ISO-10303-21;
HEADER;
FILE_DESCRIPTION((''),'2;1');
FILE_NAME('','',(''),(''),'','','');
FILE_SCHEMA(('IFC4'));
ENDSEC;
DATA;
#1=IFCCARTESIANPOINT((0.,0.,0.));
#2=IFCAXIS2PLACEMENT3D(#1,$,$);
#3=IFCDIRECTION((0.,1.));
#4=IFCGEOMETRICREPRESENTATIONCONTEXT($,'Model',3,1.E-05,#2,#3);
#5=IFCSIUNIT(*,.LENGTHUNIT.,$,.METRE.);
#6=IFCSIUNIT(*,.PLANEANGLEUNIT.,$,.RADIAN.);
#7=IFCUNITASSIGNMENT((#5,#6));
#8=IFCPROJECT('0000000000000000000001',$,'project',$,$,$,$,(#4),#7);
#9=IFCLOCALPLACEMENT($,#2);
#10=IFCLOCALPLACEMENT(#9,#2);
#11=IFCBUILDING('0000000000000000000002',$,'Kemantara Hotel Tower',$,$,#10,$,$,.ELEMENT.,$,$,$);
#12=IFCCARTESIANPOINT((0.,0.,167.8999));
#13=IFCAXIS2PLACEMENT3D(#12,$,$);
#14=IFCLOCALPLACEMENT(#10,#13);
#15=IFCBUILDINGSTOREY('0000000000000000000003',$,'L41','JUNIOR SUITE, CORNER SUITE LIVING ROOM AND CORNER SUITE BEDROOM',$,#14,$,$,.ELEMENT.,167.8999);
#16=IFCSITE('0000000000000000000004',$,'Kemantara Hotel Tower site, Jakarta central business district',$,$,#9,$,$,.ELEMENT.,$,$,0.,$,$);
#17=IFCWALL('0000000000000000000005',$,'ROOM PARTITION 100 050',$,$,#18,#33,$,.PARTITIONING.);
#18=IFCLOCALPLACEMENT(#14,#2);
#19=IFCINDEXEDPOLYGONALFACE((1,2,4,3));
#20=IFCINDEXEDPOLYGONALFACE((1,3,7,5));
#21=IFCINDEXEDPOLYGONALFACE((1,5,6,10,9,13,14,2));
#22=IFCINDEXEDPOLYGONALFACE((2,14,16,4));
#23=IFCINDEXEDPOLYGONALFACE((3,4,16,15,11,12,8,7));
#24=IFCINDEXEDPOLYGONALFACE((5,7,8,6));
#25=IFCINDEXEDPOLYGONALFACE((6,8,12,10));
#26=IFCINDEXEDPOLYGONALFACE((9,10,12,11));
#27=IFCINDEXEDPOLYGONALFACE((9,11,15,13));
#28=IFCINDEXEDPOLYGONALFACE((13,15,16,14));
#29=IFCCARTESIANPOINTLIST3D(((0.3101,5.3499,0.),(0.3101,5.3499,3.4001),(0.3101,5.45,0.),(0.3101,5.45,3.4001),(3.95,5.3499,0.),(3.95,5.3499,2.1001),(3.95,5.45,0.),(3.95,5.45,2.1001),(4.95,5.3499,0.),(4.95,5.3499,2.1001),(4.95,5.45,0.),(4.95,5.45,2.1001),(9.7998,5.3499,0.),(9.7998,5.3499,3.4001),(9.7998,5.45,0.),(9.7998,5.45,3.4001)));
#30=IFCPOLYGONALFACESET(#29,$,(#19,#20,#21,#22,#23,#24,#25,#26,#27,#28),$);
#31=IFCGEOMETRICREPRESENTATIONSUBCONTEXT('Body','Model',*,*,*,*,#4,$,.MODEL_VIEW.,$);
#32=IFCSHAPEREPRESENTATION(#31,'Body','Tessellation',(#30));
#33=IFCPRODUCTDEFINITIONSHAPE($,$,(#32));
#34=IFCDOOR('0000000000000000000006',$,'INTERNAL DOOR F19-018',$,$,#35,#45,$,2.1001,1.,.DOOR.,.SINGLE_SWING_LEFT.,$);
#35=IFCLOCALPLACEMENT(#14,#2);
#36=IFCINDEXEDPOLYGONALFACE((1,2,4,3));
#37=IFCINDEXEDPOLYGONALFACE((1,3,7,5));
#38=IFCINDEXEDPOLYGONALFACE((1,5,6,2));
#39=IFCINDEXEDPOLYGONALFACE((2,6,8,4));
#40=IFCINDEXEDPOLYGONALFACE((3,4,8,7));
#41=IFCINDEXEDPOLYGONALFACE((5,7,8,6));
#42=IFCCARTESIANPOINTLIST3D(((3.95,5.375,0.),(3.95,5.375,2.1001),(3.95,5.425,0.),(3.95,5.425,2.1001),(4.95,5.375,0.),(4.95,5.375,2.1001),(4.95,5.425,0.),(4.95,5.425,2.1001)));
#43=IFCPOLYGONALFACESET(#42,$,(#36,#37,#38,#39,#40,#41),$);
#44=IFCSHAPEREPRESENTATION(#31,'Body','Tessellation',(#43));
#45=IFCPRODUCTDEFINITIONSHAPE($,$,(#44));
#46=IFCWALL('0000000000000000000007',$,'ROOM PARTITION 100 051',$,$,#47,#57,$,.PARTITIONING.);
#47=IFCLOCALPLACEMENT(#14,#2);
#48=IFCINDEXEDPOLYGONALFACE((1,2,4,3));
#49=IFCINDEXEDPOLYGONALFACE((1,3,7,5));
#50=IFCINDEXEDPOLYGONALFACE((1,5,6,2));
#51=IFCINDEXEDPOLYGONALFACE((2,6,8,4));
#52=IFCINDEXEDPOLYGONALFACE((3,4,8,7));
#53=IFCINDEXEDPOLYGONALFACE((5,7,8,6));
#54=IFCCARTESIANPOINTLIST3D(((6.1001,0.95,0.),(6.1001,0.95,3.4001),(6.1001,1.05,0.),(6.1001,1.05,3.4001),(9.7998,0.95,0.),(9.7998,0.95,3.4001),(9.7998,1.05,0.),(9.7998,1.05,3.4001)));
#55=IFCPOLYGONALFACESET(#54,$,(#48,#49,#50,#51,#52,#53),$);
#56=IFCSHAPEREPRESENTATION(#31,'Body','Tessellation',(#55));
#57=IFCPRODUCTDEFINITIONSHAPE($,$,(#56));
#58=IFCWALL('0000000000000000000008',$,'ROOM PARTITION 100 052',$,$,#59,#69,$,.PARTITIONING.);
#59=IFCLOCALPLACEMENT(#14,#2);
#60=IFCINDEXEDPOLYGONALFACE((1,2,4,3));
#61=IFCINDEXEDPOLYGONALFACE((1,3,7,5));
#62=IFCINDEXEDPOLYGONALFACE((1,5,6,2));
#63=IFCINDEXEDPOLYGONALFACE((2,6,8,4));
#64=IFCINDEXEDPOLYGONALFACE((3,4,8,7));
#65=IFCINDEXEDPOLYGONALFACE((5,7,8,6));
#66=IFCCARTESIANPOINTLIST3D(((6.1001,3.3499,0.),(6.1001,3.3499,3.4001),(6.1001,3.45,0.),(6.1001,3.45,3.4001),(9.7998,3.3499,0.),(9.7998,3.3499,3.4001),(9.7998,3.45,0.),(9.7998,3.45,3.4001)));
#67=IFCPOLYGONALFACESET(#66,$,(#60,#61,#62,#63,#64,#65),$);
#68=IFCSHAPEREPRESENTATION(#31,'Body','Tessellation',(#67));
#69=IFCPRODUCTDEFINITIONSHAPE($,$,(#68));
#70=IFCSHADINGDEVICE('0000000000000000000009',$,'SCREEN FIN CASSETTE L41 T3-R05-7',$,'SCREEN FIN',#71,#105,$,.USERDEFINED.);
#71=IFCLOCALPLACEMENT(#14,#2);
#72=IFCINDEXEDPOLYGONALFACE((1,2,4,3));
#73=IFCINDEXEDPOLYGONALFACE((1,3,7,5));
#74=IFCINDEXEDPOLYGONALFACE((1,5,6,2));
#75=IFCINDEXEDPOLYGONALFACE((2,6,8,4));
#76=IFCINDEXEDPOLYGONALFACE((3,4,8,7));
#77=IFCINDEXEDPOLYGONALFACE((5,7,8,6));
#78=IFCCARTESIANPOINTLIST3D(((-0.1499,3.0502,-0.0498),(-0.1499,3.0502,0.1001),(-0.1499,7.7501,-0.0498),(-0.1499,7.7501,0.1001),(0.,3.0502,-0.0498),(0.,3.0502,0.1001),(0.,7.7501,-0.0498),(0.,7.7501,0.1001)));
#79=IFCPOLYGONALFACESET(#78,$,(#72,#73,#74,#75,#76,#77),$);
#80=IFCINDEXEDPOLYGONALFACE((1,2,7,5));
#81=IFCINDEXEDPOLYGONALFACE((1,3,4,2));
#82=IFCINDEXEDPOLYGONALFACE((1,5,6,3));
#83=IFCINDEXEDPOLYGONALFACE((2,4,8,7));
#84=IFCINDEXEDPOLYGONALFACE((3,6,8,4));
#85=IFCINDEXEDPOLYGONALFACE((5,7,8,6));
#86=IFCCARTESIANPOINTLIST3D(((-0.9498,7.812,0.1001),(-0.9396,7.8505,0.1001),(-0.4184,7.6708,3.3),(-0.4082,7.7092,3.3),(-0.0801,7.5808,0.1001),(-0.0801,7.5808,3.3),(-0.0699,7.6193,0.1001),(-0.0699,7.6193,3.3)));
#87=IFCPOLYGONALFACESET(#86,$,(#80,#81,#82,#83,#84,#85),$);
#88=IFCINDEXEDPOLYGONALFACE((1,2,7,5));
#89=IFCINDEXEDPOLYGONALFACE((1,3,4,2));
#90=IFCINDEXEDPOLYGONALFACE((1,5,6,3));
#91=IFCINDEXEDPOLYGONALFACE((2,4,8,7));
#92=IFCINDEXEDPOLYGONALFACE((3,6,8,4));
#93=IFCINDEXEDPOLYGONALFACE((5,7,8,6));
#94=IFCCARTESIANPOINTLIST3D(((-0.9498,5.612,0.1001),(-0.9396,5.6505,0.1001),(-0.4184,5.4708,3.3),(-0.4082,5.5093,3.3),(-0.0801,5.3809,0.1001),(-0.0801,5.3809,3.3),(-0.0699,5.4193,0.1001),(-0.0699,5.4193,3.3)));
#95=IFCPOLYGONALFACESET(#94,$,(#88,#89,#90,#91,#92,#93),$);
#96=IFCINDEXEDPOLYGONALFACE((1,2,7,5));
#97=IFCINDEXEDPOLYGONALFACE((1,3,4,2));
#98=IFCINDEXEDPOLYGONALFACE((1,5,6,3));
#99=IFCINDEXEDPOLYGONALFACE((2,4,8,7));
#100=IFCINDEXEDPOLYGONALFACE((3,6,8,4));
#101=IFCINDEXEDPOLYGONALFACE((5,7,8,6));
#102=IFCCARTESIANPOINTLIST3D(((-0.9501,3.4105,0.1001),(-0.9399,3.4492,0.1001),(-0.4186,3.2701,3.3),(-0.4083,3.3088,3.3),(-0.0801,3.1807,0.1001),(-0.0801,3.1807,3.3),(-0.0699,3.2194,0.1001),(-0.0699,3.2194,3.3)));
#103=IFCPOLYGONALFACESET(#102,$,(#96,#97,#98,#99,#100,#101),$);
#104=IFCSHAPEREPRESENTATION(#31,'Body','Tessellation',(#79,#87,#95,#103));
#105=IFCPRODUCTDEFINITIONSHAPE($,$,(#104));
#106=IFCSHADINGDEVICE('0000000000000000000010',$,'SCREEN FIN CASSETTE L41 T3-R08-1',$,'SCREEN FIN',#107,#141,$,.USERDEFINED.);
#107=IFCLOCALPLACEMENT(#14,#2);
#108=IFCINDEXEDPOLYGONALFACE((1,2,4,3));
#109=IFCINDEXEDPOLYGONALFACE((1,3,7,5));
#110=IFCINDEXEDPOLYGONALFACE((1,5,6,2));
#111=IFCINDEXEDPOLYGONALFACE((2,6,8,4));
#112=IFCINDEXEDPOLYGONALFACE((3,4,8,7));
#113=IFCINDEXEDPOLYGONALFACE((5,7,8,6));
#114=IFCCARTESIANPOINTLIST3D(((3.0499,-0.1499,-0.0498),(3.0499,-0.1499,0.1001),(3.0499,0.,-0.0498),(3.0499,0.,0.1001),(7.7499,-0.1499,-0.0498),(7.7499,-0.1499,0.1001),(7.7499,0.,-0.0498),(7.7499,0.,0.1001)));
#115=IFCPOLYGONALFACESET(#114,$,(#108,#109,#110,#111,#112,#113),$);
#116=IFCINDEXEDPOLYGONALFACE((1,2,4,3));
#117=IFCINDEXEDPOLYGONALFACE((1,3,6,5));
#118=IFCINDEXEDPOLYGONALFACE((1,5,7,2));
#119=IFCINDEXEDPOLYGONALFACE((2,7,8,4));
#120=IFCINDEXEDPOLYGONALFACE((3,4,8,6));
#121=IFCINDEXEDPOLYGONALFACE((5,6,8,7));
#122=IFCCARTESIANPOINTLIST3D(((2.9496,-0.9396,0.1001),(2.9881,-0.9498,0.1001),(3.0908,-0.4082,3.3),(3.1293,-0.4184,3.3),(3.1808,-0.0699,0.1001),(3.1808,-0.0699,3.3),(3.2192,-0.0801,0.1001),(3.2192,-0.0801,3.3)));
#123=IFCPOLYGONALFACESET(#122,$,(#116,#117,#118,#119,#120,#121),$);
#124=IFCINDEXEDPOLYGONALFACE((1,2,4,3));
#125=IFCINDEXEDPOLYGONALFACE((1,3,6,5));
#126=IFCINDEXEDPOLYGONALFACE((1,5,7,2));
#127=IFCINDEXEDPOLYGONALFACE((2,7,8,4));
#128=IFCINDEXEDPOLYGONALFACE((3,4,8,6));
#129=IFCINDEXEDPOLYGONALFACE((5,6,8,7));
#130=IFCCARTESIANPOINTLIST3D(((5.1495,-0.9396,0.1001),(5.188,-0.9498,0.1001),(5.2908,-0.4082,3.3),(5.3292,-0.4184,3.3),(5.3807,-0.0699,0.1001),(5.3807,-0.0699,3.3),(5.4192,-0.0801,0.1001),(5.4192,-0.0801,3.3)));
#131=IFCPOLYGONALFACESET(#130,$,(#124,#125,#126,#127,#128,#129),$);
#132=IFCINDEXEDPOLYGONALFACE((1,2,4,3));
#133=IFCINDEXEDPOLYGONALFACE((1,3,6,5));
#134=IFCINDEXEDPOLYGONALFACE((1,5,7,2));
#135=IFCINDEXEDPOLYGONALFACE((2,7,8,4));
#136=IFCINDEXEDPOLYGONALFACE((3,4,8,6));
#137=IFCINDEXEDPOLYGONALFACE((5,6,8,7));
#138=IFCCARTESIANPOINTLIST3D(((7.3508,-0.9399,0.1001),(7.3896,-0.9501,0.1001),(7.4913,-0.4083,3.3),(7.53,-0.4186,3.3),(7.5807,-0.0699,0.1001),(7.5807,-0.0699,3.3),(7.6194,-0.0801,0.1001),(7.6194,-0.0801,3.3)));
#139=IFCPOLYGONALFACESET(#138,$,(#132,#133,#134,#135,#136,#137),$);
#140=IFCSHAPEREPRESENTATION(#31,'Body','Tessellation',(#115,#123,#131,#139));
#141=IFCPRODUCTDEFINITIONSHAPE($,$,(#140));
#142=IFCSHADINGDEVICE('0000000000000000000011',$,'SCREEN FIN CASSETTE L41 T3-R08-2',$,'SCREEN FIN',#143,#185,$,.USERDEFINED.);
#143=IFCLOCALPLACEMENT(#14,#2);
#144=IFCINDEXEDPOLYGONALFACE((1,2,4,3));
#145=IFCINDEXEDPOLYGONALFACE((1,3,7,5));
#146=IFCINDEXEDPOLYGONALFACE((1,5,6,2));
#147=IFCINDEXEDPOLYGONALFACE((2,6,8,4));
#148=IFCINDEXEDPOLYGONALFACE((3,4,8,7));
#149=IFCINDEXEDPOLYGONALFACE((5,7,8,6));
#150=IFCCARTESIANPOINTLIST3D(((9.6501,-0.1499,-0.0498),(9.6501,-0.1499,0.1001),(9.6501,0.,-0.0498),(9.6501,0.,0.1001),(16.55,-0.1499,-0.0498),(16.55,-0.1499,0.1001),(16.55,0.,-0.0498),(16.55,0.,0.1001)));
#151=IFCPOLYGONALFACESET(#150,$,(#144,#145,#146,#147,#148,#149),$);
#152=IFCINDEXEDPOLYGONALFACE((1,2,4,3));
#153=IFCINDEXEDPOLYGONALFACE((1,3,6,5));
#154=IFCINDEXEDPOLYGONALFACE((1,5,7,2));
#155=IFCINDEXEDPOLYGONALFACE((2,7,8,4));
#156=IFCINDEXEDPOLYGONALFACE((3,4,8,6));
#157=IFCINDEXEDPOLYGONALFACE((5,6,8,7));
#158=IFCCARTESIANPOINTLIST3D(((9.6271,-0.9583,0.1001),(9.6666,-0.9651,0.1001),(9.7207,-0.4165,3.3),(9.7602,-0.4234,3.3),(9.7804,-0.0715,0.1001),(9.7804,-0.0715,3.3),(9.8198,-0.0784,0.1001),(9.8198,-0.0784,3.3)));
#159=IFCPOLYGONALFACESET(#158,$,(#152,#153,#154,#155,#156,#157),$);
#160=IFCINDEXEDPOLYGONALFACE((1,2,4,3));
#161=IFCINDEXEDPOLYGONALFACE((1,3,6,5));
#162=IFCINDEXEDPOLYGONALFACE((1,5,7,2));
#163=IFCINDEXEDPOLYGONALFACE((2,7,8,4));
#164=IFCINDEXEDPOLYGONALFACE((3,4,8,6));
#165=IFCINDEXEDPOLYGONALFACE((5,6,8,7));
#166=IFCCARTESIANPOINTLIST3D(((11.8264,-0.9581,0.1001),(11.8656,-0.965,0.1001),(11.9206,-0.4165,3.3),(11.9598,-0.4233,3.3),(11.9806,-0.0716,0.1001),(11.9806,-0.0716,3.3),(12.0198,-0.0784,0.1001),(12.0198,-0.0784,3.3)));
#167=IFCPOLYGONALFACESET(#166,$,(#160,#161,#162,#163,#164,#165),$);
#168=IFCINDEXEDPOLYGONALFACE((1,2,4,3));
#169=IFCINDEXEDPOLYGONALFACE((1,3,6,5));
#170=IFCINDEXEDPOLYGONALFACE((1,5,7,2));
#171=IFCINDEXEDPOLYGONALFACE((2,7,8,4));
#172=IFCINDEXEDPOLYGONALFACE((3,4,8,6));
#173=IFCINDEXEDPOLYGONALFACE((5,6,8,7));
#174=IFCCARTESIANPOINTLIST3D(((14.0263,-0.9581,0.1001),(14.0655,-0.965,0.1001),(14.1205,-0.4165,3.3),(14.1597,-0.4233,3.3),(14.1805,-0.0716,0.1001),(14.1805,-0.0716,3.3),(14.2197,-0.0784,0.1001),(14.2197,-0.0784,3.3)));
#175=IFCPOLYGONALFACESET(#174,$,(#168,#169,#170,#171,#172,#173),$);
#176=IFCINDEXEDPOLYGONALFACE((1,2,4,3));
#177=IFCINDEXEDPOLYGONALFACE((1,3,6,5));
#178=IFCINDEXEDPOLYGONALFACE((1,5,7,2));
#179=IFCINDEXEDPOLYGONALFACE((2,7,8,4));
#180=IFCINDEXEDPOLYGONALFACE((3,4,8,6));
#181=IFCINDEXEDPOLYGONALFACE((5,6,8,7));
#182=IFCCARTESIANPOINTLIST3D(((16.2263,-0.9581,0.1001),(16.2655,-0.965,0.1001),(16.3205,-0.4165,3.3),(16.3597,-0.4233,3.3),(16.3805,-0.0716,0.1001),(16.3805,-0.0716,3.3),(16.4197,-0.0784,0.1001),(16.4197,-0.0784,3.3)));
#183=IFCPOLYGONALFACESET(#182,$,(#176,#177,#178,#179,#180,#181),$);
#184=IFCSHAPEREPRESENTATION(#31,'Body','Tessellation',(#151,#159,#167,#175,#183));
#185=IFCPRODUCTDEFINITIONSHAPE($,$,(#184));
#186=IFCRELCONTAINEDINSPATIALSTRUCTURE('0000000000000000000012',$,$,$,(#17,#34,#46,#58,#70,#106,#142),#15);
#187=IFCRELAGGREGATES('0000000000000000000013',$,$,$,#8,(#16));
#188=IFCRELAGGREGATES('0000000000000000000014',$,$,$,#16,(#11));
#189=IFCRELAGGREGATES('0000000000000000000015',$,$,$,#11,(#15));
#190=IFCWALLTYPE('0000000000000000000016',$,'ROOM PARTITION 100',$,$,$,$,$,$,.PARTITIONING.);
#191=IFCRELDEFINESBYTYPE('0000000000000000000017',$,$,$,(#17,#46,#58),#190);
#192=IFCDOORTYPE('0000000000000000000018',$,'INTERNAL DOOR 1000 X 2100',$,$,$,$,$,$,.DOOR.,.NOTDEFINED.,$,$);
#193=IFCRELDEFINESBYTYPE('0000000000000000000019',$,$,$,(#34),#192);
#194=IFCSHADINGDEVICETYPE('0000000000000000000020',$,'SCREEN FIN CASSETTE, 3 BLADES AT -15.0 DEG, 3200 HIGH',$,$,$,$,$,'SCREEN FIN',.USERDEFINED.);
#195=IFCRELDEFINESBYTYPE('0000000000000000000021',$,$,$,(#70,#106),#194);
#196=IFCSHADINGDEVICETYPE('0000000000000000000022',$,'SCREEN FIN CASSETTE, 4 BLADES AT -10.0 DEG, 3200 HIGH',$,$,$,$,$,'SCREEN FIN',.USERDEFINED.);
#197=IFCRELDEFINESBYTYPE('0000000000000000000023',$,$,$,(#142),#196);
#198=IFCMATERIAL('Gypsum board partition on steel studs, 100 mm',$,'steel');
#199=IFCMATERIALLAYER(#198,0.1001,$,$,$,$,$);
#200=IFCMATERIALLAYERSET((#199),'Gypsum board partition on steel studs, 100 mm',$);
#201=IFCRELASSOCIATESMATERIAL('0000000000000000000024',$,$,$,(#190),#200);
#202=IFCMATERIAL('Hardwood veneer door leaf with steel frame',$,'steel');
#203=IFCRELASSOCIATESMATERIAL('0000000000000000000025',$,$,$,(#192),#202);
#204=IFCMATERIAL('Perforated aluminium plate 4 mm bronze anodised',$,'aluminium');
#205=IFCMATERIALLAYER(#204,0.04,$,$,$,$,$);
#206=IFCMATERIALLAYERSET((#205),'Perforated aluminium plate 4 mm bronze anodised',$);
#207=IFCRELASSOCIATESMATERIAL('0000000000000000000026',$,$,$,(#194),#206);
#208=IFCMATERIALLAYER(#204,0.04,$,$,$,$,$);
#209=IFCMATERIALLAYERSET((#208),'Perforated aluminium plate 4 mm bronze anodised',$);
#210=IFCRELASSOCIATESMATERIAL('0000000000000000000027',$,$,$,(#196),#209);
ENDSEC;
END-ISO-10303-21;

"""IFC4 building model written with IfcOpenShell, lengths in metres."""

from ifc_helpers import new_model, si_unit, direction, frame, frame_2d, origin, origin_2d, place, context, subcontext, project, spatial, polyline, rectangle, outline, extrude, source, transform, mapped, material, layer, layer_set, type_object, element, fill, save


model = new_model("IFC4")

# Units and contexts
model_context = context("Model", 3, precision=1e-05, world=origin(), true_north=direction((0.0, 1.0)))
body_context = subcontext(model_context, "Body", "Model", "MODEL_VIEW")
ifc_project = project(units=[si_unit("LENGTHUNIT", "METRE"), si_unit("PLANEANGLEUNIT", "RADIAN")], contexts=[model_context])

# Site, building, storey
site_placement = place(None, origin())
site = spatial("IfcSite", under=ifc_project, at=site_placement, Name="Kemantara Hotel Tower site, Jakarta central business district", CompositionType="ELEMENT", RefElevation=0.0)
building_placement = place(site_placement, origin())
building = spatial("IfcBuilding", under=site, at=building_placement, Name="Kemantara Hotel Tower", CompositionType="ELEMENT")
storey_placement = place(building_placement, frame((0.0, 0.0, 167.8999)))
storey = spatial("IfcBuildingStorey", under=building, at=storey_placement, Name="L41", Description="JUNIOR SUITE, CORNER SUITE LIVING ROOM AND CORNER SUITE BEDROOM", CompositionType="ELEMENT", Elevation=167.8999)

# Shared definitions
ifc_material_1 = material(Name="Hardwood veneer door leaf with steel frame", Category="steel")
ifc_material_2 = material(Name="Gypsum board partition on steel studs, 100 mm", Category="steel")
ifc_layer_1 = layer(ifc_material_2, 0.1001)
ifc_layer_set_1 = layer_set([ifc_layer_1], Name="Gypsum board partition on steel studs, 100 mm")
wall_type_1 = type_object("IfcWallType", Name="ROOM PARTITION 100", PredefinedType="PARTITIONING", material=ifc_layer_set_1)

# Wall, opening, door
wall_1_placement = place(storey_placement, frame((9.7998, 5.3999, 0.0), z_axis=(0.0, 0.0, 1.0), x_axis=(-1.0, 0.0, 0.0)))
wall_1 = element("IfcWall", 1, at=wall_1_placement, inside=storey, type_object=wall_type_1, Name="ROOM PARTITION 100 050", PredefinedType="PARTITIONING", context=body_context, shape_type="SweptSolid", body=[
    extrude(rectangle(XDim=9.4897, YDim=0.1001, at=frame_2d((4.7449, 0.0))), origin(), (0.0, 0.0, 1.0), 3.4001),
])
opening_1_placement = place(wall_1_placement, frame((4.8499, 0.0, 0.0)))
opening_1 = element("IfcOpeningElement", 2, at=opening_1_placement, cuts=wall_1, PredefinedType="OPENING", context=body_context, shape_type="SweptSolid", body=[
    extrude(rectangle(XDim=1.0, YDim=2.1001, at=frame_2d((0.5, 1.05))), frame((0.0, 0.0601, 0.0), z_axis=(0.0, -1.0, 0.0), x_axis=(1.0, 0.0, 0.0)), (0.0, 0.0, 1.0), 0.1201),
])
door_type_1 = type_object("IfcDoorType", Name="INTERNAL DOOR 1000 X 2100", OperationType="NOTDEFINED", PredefinedType="DOOR", material=ifc_material_1)
door_1_placement = place(opening_1_placement, origin())
door_1 = element("IfcDoor", 3, at=door_1_placement, inside=storey, type_object=door_type_1, Name="INTERNAL DOOR F19-018", OperationType="SINGLE_SWING_LEFT", OverallHeight=2.1001, OverallWidth=1.0, PredefinedType="DOOR", context=body_context, shape_type="SweptSolid", body=[
    extrude(rectangle(XDim=1.0, YDim=2.1001, at=frame_2d((0.5, 1.05))), frame((0.0, 0.0249, 0.0), z_axis=(0.0, -1.0, 0.0), x_axis=(1.0, 0.0, 0.0)), (0.0, 0.0, 1.0), 0.05),
])
fill(opening_1, door_1)

# Walls
for number, where, z_axis, x_axis, name in (
    (4, (6.1001, 1.0, 0.0), (0.0, 0.0, 1.0), (1.0, 0.0, 0.0), "ROOM PARTITION 100 051"),
    (5, (6.1001, 3.3999, 0.0), (0.0, 0.0, 1.0), (1.0, 0.0, 0.0), "ROOM PARTITION 100 052"),
):
    element("IfcWall", number, at=place(storey_placement, frame(where, z_axis=z_axis, x_axis=x_axis)), inside=storey, type_object=wall_type_1, Name=name, PredefinedType="PARTITIONING", context=body_context, shape_type="SweptSolid", body=[
        extrude(rectangle(XDim=3.6997, YDim=0.1001, at=frame_2d((1.8499, 0.0))), origin(), (0.0, 0.0, 1.0), 3.4001),
    ])

# Shading devices
ifc_material_3 = material(Name="Perforated aluminium plate 4 mm bronze anodised", Category="aluminium")
ifc_layer_2 = layer(ifc_material_3, 0.04)
ifc_layer_set_2 = layer_set([ifc_layer_2], Name="Perforated aluminium plate 4 mm bronze anodised")
shading_device_type_1 = type_object("IfcShadingDeviceType", Name="SCREEN FIN CASSETTE, 3 BLADES AT -15.0 DEG, 3200 HIGH", ElementType="SCREEN FIN", PredefinedType="USERDEFINED", material=ifc_layer_set_2)
shared_shape_1 = source(origin(), body_context, "Body", "SweptSolid", [
    extrude(rectangle(XDim=4.7, YDim=0.1499, at=origin_2d()), frame((2.2, -0.075, -0.1499), z_axis=(0.0, 0.0, 1.0), x_axis=(1.0, 0.0, 0.0)), (0.0, 0.0, 1.0), 0.1499),
    extrude(outline(polyline([(0.0, 0.0), (0.8999, 0.0), (0.3501, 3.2), (0.0, 3.2), (0.0, 0.0)])), frame((0.0193, -0.0801, 0.0), z_axis=(-0.966438, 0.256901, 0.0), x_axis=(-0.256901, -0.966438, 0.0)), (0.0, 0.0, 1.0), 0.0398),
    extrude(outline(polyline([(0.0, 0.0), (0.8999, 0.0), (0.3501, 3.2), (0.0, 3.2), (0.0, 0.0)])), frame((2.2192, -0.0801, 0.0), z_axis=(-0.966438, 0.256901, 0.0), x_axis=(-0.256901, -0.966438, 0.0)), (0.0, 0.0, 1.0), 0.0398),
    extrude(outline(polyline([(0.0, 0.0), (0.8999, 0.0), (0.3501, 3.2), (0.0, 3.2), (0.0, 0.0)])), frame((4.4194, -0.0801, 0.0), z_axis=(-0.966838, 0.255391, 0.0), x_axis=(-0.255391, -0.966838, 0.0)), (0.0, 0.0, 1.0), 0.04),
])
for number, where, z_axis, x_axis, name in (
    (6, (0.0, 7.6001, 0.1001), (0.0, 0.0, 1.0), (0.0, -1.0, 0.0), "SCREEN FIN CASSETTE L41 T3-R05-7"),
    (7, (3.2, 0.0, 0.1001), (0.0, 0.0, 1.0), (1.0, 0.0, 0.0), "SCREEN FIN CASSETTE L41 T3-R08-1"),
):
    element("IfcShadingDevice", number, at=place(storey_placement, frame(where, z_axis=z_axis, x_axis=x_axis)), inside=storey, type_object=shading_device_type_1, Name=name, ObjectType="SCREEN FIN", PredefinedType="USERDEFINED", context=body_context, shape_type="MappedRepresentation", body=[
        mapped(shared_shape_1, transform((0.0, 0.0, 0.0))),
    ])
ifc_layer_3 = layer(ifc_material_3, 0.04)
ifc_layer_set_3 = layer_set([ifc_layer_3], Name="Perforated aluminium plate 4 mm bronze anodised")
shading_device_type_2 = type_object("IfcShadingDeviceType", Name="SCREEN FIN CASSETTE, 4 BLADES AT -10.0 DEG, 3200 HIGH", ElementType="SCREEN FIN", PredefinedType="USERDEFINED", material=ifc_layer_set_3)
shared_shape_2 = source(origin(), body_context, "Body", "SweptSolid", [
    extrude(rectangle(XDim=6.8999, YDim=0.1499, at=origin_2d()), frame((3.3, -0.075, -0.1499), z_axis=(0.0, 0.0, 1.0), x_axis=(1.0, 0.0, 0.0)), (0.0, 0.0, 1.0), 0.1499),
    extrude(outline(polyline([(0.0, 0.0), (0.8999, 0.0), (0.3501, 3.2), (0.0, 3.2), (0.0, 0.0)])), frame((0.0198, -0.0784, 0.0), z_axis=(-0.98539, 0.170314, 0.0), x_axis=(-0.170314, -0.98539, 0.0)), (0.0, 0.0, 1.0), 0.04),
    extrude(outline(polyline([(0.0, 0.0), (0.8999, 0.0), (0.3501, 3.2), (0.0, 3.2), (0.0, 0.0)])), frame((2.2197, -0.0784, 0.0), z_axis=(-0.985212, 0.171341, 0.0), x_axis=(-0.171341, -0.985212, 0.0)), (0.0, 0.0, 1.0), 0.0398),
    extrude(outline(polyline([(0.0, 0.0), (0.8999, 0.0), (0.3501, 3.2), (0.0, 3.2), (0.0, 0.0)])), frame((4.4197, -0.0784, 0.0), z_axis=(-0.985212, 0.171341, 0.0), x_axis=(-0.171341, -0.985212, 0.0)), (0.0, 0.0, 1.0), 0.0398),
    extrude(outline(polyline([(0.0, 0.0), (0.8999, 0.0), (0.3501, 3.2), (0.0, 3.2), (0.0, 0.0)])), frame((6.6196, -0.0784, 0.0), z_axis=(-0.985212, 0.171341, 0.0), x_axis=(-0.171341, -0.985212, 0.0)), (0.0, 0.0, 1.0), 0.0398),
])
shading_device_placement = place(storey_placement, frame((9.8, 0.0, 0.1001), z_axis=(0.0, 0.0, 1.0), x_axis=(1.0, 0.0, 0.0)))
element("IfcShadingDevice", 8, at=shading_device_placement, inside=storey, type_object=shading_device_type_2, Name="SCREEN FIN CASSETTE L41 T3-R08-2", ObjectType="SCREEN FIN", PredefinedType="USERDEFINED", context=body_context, shape_type="MappedRepresentation", body=[
    mapped(shared_shape_2, transform((0.0, 0.0, 0.0))),
])

save(model, "model.ifc")
